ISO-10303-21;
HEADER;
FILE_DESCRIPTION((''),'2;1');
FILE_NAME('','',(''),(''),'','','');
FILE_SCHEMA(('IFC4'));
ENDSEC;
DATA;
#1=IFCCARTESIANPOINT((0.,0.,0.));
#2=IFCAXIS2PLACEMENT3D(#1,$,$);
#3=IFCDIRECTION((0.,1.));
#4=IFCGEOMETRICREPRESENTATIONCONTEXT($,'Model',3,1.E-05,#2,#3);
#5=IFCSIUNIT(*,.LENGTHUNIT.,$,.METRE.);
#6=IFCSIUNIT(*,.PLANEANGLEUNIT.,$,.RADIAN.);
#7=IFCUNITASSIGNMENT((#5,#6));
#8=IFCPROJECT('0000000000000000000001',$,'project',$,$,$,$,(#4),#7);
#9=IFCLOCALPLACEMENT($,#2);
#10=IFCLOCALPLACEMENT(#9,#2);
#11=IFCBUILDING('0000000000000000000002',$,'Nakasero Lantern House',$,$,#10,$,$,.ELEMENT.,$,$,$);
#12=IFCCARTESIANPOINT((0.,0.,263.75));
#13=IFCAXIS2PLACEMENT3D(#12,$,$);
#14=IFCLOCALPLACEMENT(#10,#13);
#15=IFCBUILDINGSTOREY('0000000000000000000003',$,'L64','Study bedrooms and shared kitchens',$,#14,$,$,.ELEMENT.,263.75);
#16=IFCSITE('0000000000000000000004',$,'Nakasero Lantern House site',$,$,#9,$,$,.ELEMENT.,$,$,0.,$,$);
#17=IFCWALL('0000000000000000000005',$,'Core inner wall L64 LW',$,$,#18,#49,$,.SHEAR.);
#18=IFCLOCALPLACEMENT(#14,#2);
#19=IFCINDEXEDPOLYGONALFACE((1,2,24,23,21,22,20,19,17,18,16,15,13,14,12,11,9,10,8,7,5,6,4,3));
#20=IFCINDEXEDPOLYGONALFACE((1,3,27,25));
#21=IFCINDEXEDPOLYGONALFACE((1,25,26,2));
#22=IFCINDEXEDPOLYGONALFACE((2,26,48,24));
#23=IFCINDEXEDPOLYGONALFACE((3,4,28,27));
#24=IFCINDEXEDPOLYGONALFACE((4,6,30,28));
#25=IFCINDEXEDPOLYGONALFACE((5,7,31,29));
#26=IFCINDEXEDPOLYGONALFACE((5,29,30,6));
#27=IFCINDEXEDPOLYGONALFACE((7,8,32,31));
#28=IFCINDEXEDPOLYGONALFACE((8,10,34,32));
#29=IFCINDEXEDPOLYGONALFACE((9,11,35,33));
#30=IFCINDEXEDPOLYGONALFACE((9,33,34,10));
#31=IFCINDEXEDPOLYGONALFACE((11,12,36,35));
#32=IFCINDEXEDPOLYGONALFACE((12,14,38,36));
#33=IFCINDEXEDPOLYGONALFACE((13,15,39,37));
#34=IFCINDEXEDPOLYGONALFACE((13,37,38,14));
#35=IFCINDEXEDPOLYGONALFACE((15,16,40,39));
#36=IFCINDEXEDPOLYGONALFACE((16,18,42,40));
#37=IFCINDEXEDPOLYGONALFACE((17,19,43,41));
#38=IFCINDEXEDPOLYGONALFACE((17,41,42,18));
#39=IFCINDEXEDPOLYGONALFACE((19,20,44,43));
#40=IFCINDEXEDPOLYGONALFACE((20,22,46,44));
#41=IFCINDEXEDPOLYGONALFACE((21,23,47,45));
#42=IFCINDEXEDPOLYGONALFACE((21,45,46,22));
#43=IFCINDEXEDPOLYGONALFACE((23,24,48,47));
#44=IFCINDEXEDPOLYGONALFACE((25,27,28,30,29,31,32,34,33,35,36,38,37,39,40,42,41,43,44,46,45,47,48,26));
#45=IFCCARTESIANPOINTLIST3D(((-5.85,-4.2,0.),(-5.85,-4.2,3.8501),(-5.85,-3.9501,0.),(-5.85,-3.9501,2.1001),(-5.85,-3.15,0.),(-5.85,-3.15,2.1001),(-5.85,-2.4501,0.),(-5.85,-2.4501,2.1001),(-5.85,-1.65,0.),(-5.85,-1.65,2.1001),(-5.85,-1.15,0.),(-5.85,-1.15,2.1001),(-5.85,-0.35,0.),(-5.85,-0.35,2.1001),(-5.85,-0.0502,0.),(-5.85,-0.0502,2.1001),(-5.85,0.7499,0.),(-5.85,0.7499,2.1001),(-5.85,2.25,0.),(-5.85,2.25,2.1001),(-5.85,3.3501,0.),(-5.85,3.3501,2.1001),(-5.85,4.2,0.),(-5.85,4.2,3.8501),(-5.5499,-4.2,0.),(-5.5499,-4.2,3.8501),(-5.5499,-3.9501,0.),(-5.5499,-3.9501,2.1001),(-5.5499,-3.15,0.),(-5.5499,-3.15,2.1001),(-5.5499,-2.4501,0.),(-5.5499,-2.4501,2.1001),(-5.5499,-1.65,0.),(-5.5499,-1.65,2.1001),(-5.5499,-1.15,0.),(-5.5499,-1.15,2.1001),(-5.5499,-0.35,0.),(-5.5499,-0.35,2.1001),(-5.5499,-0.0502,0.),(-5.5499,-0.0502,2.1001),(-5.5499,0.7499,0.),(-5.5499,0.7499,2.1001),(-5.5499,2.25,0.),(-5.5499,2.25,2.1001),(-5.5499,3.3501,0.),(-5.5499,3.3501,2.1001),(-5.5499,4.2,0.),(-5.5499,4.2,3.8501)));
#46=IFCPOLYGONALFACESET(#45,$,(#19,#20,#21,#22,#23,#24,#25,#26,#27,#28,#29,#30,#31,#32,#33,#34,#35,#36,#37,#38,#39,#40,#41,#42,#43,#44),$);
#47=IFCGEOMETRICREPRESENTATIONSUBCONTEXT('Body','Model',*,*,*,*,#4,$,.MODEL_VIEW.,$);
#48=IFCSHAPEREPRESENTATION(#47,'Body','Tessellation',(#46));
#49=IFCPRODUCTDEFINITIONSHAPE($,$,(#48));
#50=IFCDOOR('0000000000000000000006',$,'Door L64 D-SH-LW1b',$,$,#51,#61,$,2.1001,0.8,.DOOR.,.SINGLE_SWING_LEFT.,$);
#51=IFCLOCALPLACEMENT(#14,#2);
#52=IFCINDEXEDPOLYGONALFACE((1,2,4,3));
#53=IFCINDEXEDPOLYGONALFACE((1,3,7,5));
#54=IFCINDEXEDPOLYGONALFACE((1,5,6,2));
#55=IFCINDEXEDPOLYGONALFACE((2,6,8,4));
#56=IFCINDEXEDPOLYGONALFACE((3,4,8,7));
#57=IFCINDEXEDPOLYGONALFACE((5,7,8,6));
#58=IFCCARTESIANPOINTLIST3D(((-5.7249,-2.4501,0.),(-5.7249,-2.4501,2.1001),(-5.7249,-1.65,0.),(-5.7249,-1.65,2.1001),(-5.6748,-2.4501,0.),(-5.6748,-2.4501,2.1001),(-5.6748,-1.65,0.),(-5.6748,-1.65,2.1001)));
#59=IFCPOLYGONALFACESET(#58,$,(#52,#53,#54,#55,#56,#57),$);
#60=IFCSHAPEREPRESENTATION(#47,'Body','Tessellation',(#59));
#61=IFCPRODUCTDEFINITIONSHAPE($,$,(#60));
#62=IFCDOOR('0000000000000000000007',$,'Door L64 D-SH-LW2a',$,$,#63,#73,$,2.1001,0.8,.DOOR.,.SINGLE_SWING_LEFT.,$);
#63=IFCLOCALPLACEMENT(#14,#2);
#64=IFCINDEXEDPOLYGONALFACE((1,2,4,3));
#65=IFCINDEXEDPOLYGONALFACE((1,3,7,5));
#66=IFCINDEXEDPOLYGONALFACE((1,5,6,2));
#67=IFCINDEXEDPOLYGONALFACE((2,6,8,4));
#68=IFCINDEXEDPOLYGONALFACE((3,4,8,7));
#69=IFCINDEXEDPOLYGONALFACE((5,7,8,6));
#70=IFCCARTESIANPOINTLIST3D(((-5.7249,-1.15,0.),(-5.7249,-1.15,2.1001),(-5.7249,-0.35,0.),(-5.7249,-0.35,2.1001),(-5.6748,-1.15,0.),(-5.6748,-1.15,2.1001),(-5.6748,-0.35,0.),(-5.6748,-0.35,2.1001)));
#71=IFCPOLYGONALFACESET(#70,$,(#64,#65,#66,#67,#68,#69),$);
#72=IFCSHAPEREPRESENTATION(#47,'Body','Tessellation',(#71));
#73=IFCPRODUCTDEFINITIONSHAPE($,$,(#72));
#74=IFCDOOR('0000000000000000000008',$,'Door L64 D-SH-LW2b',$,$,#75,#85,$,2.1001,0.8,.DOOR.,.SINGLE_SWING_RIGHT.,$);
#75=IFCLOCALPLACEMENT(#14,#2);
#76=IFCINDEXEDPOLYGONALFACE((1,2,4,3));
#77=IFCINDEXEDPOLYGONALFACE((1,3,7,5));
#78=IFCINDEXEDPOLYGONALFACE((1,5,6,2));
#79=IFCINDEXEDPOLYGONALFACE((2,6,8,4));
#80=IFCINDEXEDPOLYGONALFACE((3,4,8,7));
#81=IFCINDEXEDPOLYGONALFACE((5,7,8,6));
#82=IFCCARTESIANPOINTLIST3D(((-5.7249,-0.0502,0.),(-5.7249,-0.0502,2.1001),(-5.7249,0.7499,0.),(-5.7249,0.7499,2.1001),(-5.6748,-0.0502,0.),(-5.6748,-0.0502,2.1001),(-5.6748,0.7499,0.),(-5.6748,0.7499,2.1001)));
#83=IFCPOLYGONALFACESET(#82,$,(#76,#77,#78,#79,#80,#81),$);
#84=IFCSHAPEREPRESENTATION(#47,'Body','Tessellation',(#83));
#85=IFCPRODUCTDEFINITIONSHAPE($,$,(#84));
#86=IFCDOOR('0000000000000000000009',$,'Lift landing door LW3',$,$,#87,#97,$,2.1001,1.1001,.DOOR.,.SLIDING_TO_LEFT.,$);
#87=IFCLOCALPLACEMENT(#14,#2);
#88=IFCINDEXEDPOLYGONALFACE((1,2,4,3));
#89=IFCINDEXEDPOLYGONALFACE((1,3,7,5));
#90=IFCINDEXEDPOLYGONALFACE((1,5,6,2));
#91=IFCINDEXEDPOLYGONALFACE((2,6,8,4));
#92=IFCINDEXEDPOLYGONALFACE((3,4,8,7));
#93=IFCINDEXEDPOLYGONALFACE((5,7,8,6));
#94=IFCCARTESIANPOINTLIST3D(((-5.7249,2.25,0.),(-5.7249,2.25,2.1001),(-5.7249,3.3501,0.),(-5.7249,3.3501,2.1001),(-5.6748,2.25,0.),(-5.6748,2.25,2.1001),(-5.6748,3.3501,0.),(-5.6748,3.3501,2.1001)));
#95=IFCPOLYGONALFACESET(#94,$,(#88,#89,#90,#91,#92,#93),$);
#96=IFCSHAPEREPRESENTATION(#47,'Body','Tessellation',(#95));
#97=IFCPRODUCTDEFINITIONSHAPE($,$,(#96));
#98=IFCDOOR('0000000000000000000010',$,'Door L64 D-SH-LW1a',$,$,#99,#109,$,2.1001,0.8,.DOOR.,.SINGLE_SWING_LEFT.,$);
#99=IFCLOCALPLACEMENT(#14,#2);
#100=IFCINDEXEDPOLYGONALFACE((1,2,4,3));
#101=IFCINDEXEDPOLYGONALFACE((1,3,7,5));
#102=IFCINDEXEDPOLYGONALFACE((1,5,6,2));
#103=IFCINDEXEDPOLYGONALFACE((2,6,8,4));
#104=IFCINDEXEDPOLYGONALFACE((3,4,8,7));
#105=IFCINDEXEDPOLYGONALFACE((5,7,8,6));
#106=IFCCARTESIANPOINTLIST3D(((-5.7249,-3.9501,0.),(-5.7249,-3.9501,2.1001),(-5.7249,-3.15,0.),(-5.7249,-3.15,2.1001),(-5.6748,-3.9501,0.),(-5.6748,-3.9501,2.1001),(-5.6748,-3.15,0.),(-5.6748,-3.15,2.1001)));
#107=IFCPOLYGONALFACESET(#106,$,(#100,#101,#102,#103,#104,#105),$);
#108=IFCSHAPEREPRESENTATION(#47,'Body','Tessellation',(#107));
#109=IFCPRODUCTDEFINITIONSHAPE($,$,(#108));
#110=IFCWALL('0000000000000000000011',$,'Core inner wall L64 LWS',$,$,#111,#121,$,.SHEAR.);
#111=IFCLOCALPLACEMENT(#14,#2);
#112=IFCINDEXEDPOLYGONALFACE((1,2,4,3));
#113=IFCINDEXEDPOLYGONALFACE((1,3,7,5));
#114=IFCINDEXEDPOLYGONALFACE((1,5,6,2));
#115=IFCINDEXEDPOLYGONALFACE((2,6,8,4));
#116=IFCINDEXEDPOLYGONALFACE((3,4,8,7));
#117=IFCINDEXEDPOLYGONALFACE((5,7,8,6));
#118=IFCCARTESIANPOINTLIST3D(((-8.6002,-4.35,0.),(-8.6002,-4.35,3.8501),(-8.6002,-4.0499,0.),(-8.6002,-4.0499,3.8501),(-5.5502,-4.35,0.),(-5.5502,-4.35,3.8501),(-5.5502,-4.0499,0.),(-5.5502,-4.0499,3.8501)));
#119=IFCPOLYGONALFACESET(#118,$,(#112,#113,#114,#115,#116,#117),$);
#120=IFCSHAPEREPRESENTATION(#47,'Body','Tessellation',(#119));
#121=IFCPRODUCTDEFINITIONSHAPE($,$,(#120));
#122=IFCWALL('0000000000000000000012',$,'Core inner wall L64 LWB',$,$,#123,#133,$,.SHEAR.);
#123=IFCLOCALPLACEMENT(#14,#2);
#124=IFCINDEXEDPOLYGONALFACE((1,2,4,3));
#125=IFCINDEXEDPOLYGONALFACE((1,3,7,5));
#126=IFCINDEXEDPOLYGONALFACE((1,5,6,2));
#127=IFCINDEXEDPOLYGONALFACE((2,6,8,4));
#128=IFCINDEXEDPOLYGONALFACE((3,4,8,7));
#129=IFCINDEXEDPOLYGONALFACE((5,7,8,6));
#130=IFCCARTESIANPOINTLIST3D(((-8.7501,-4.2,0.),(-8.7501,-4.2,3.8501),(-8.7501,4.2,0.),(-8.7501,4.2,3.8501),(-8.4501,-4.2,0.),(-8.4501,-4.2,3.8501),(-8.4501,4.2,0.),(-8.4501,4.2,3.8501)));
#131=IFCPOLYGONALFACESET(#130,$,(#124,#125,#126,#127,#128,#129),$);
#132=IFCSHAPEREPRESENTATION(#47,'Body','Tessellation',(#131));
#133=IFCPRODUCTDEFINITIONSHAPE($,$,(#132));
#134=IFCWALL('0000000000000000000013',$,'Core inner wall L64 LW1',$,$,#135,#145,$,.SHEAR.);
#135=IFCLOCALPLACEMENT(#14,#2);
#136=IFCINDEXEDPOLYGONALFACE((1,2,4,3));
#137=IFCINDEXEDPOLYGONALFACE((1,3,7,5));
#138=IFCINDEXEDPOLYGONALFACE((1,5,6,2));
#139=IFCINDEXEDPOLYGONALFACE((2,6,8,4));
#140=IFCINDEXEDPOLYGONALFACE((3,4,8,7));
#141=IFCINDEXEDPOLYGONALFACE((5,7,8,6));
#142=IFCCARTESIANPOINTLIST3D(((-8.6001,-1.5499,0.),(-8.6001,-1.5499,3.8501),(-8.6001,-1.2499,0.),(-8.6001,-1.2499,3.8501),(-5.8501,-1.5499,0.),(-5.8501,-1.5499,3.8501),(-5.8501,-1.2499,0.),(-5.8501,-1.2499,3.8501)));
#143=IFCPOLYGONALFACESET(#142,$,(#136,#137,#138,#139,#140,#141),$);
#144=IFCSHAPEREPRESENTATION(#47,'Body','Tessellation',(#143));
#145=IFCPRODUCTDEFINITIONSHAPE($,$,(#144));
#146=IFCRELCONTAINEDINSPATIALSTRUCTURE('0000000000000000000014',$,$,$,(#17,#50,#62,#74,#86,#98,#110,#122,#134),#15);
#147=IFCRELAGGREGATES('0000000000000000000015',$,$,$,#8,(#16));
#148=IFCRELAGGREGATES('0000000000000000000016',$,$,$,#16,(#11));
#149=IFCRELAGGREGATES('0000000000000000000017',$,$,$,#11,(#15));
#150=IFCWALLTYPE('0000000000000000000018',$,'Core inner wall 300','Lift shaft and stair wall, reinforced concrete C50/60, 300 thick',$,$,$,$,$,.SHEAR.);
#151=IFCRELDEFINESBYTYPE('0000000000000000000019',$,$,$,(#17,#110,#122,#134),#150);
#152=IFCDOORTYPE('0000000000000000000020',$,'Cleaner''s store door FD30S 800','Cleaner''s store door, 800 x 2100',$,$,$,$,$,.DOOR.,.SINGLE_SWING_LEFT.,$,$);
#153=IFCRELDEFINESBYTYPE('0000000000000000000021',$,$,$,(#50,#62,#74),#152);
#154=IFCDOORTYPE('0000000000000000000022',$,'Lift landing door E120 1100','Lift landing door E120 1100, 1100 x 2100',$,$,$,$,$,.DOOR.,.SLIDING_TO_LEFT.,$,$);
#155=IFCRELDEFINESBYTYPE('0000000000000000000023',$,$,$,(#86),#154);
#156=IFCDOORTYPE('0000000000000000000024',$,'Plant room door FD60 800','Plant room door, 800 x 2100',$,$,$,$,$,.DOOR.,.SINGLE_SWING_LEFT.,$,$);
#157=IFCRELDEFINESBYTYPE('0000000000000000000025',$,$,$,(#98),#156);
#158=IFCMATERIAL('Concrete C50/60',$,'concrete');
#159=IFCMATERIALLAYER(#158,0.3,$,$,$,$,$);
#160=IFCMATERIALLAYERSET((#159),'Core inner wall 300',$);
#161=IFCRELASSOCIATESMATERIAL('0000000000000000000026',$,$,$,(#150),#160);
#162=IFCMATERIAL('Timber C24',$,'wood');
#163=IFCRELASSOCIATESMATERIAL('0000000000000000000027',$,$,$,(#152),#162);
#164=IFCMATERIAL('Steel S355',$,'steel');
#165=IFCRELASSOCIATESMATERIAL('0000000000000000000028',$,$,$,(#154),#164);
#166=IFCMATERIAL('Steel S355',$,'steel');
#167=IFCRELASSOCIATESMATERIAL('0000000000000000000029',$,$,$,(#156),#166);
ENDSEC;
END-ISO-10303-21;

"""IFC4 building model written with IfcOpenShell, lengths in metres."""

from ifc_helpers import new_model, si_unit, direction, frame, frame_2d, origin, place, context, subcontext, project, spatial, rectangle, extrude, material, layer, layer_set, type_object, element, fill, save


model = new_model("IFC4")

# Units and contexts
model_context = context("Model", 3, precision=1e-05, world=origin(), true_north=direction((0.0, 1.0)))
body_context = subcontext(model_context, "Body", "Model", "MODEL_VIEW")
ifc_project = project(units=[si_unit("LENGTHUNIT", "METRE"), si_unit("PLANEANGLEUNIT", "RADIAN")], contexts=[model_context])

# Site, building, storey
site_placement = place(None, origin())
site = spatial("IfcSite", under=ifc_project, at=site_placement, Name="Nakasero Lantern House site", CompositionType="ELEMENT", RefElevation=0.0)
building_placement = place(site_placement, origin())
building = spatial("IfcBuilding", under=site, at=building_placement, Name="Nakasero Lantern House", CompositionType="ELEMENT")
storey_placement = place(building_placement, frame((0.0, 0.0, 263.75)))
storey = spatial("IfcBuildingStorey", under=building, at=storey_placement, Name="L64", Description="Study bedrooms and shared kitchens", CompositionType="ELEMENT", Elevation=263.75)

# Wall, openings, doors
ifc_material_1 = material(Name="Concrete C50/60", Category="concrete")
ifc_layer_1 = layer(ifc_material_1, 0.3)
ifc_layer_set_1 = layer_set([ifc_layer_1], Name="Core inner wall 300")
wall_type_1 = type_object("IfcWallType", Name="Core inner wall 300", Description="Lift shaft and stair wall, reinforced concrete C50/60, 300 thick", PredefinedType="SHEAR", material=ifc_layer_set_1)
wall_1_placement = place(storey_placement, frame((-5.7, -4.2, 0.0), z_axis=(0.0, 0.0, 1.0), x_axis=(0.0, 1.0, 0.0)))
wall_1 = element("IfcWall", 1, at=wall_1_placement, inside=storey, type_object=wall_type_1, Name="Core inner wall L64 LW", PredefinedType="SHEAR", context=body_context, shape_type="SweptSolid", body=[
    extrude(rectangle(XDim=8.3999, YDim=0.3, at=frame_2d((4.2, 0.0))), origin(), (0.0, 0.0, 1.0), 3.8501),
])
opening_1_placement = place(wall_1_placement, frame((0.25, 0.0, 0.0)))
opening_1 = element("IfcOpeningElement", 2, at=opening_1_placement, cuts=wall_1, PredefinedType="OPENING", context=body_context, shape_type="SweptSolid", body=[
    extrude(rectangle(XDim=0.8, YDim=2.1001, at=frame_2d((0.3999, 1.05))), frame((0.0, 0.1699, 0.0), z_axis=(0.0, -1.0, 0.0), x_axis=(1.0, 0.0, 0.0)), (0.0, 0.0, 1.0), 0.3401),
])
opening_2_placement = place(wall_1_placement, frame((1.75, 0.0, 0.0)))
opening_2 = element("IfcOpeningElement", 3, at=opening_2_placement, cuts=wall_1, PredefinedType="OPENING", context=body_context, shape_type="SweptSolid", body=[
    extrude(rectangle(XDim=0.8, YDim=2.1001, at=frame_2d((0.3999, 1.05))), frame((0.0, 0.1699, 0.0), z_axis=(0.0, -1.0, 0.0), x_axis=(1.0, 0.0, 0.0)), (0.0, 0.0, 1.0), 0.3401),
])
opening_3_placement = place(wall_1_placement, frame((3.05, 0.0, 0.0)))
opening_3 = element("IfcOpeningElement", 4, at=opening_3_placement, cuts=wall_1, PredefinedType="OPENING", context=body_context, shape_type="SweptSolid", body=[
    extrude(rectangle(XDim=0.8, YDim=2.1001, at=frame_2d((0.3999, 1.05))), frame((0.0, 0.1699, 0.0), z_axis=(0.0, -1.0, 0.0), x_axis=(1.0, 0.0, 0.0)), (0.0, 0.0, 1.0), 0.3401),
])
opening_4_placement = place(wall_1_placement, frame((4.1499, 0.0, 0.0)))
opening_4 = element("IfcOpeningElement", 5, at=opening_4_placement, cuts=wall_1, PredefinedType="OPENING", context=body_context, shape_type="SweptSolid", body=[
    extrude(rectangle(XDim=0.8, YDim=2.1001, at=frame_2d((0.3999, 1.05))), frame((0.0, 0.1699, 0.0), z_axis=(0.0, -1.0, 0.0), x_axis=(1.0, 0.0, 0.0)), (0.0, 0.0, 1.0), 0.3401),
])
opening_5_placement = place(wall_1_placement, frame((6.45, 0.0, 0.0)))
opening_5 = element("IfcOpeningElement", 6, at=opening_5_placement, cuts=wall_1, PredefinedType="OPENING", context=body_context, shape_type="SweptSolid", body=[
    extrude(rectangle(XDim=1.1001, YDim=2.1001, at=frame_2d((0.55, 1.05))), frame((0.0, 0.1699, 0.0), z_axis=(0.0, -1.0, 0.0), x_axis=(1.0, 0.0, 0.0)), (0.0, 0.0, 1.0), 0.3401),
])
ifc_material_2 = material(Name="Timber C24", Category="wood")
door_type_1 = type_object("IfcDoorType", Name="Cleaner's store door FD30S 800", Description="Cleaner's store door, 800 x 2100", OperationType="SINGLE_SWING_LEFT", PredefinedType="DOOR", material=ifc_material_2)
door_1_placement = place(opening_2_placement, origin())
door_1 = element("IfcDoor", 7, at=door_1_placement, inside=storey, type_object=door_type_1, Name="Door L64 D-SH-LW1b", OperationType="SINGLE_SWING_LEFT", OverallHeight=2.1001, OverallWidth=0.8, PredefinedType="DOOR", context=body_context, shape_type="SweptSolid", body=[
    extrude(rectangle(XDim=0.8, YDim=2.1001, at=frame_2d((0.3999, 1.05))), frame((0.0, 0.0249, 0.0), z_axis=(0.0, -1.0, 0.0), x_axis=(1.0, 0.0, 0.0)), (0.0, 0.0, 1.0), 0.05),
])
fill(opening_2, door_1)
door_2_placement = place(opening_3_placement, origin())
door_2 = element("IfcDoor", 8, at=door_2_placement, inside=storey, type_object=door_type_1, Name="Door L64 D-SH-LW2a", OperationType="SINGLE_SWING_LEFT", OverallHeight=2.1001, OverallWidth=0.8, PredefinedType="DOOR", context=body_context, shape_type="SweptSolid", body=[
    extrude(rectangle(XDim=0.8, YDim=2.1001, at=frame_2d((0.3999, 1.05))), frame((0.0, 0.0249, 0.0), z_axis=(0.0, -1.0, 0.0), x_axis=(1.0, 0.0, 0.0)), (0.0, 0.0, 1.0), 0.05),
])
fill(opening_3, door_2)
door_3_placement = place(opening_4_placement, origin())
door_3 = element("IfcDoor", 9, at=door_3_placement, inside=storey, type_object=door_type_1, Name="Door L64 D-SH-LW2b", OperationType="SINGLE_SWING_RIGHT", OverallHeight=2.1001, OverallWidth=0.8, PredefinedType="DOOR", context=body_context, shape_type="SweptSolid", body=[
    extrude(rectangle(XDim=0.8, YDim=2.1001, at=frame_2d((0.3999, 1.05))), frame((0.0, 0.0249, 0.0), z_axis=(0.0, -1.0, 0.0), x_axis=(1.0, 0.0, 0.0)), (0.0, 0.0, 1.0), 0.05),
])
fill(opening_4, door_3)
ifc_material_3 = material(Name="Steel S355", Category="steel")
door_type_2 = type_object("IfcDoorType", Name="Lift landing door E120 1100", Description="Lift landing door E120 1100, 1100 x 2100", OperationType="SLIDING_TO_LEFT", PredefinedType="DOOR", material=ifc_material_3)
door_4_placement = place(opening_5_placement, origin())
door_4 = element("IfcDoor", 10, at=door_4_placement, inside=storey, type_object=door_type_2, Name="Lift landing door LW3", OperationType="SLIDING_TO_LEFT", OverallHeight=2.1001, OverallWidth=1.1001, PredefinedType="DOOR", context=body_context, shape_type="SweptSolid", body=[
    extrude(rectangle(XDim=1.1001, YDim=2.1001, at=frame_2d((0.55, 1.05))), frame((0.0, 0.0249, 0.0), z_axis=(0.0, -1.0, 0.0), x_axis=(1.0, 0.0, 0.0)), (0.0, 0.0, 1.0), 0.05),
])
fill(opening_5, door_4)
ifc_material_4 = material(Name="Steel S355", Category="steel")
door_type_3 = type_object("IfcDoorType", Name="Plant room door FD60 800", Description="Plant room door, 800 x 2100", OperationType="SINGLE_SWING_LEFT", PredefinedType="DOOR", material=ifc_material_4)
door_5_placement = place(opening_1_placement, origin())
door_5 = element("IfcDoor", 11, at=door_5_placement, inside=storey, type_object=door_type_3, Name="Door L64 D-SH-LW1a", OperationType="SINGLE_SWING_LEFT", OverallHeight=2.1001, OverallWidth=0.8, PredefinedType="DOOR", context=body_context, shape_type="SweptSolid", body=[
    extrude(rectangle(XDim=0.8, YDim=2.1001, at=frame_2d((0.3999, 1.05))), frame((0.0, 0.0249, 0.0), z_axis=(0.0, -1.0, 0.0), x_axis=(1.0, 0.0, 0.0)), (0.0, 0.0, 1.0), 0.05),
])
fill(opening_1, door_5)

# Walls
wall_2_placement = place(storey_placement, frame((-8.6001, -4.2, 0.0), z_axis=(0.0, 0.0, 1.0), x_axis=(1.0, 0.0, 0.0)))
element("IfcWall", 12, at=wall_2_placement, inside=storey, type_object=wall_type_1, Name="Core inner wall L64 LWS", PredefinedType="SHEAR", context=body_context, shape_type="SweptSolid", body=[
    extrude(rectangle(XDim=3.05, YDim=0.3, at=frame_2d((1.5249, 0.0))), origin(), (0.0, 0.0, 1.0), 3.8501),
])
wall_3_placement = place(storey_placement, frame((-8.6001, -4.2, 0.0), z_axis=(0.0, 0.0, 1.0), x_axis=(0.0, 1.0, 0.0)))
element("IfcWall", 13, at=wall_3_placement, inside=storey, type_object=wall_type_1, Name="Core inner wall L64 LWB", PredefinedType="SHEAR", context=body_context, shape_type="SweptSolid", body=[
    extrude(rectangle(XDim=8.3999, YDim=0.3, at=frame_2d((4.2, 0.0))), origin(), (0.0, 0.0, 1.0), 3.8501),
])
wall_4_placement = place(storey_placement, frame((-8.6001, -1.3999, 0.0), z_axis=(0.0, 0.0, 1.0), x_axis=(1.0, 0.0, 0.0)))
element("IfcWall", 14, at=wall_4_placement, inside=storey, type_object=wall_type_1, Name="Core inner wall L64 LW1", PredefinedType="SHEAR", context=body_context, shape_type="SweptSolid", body=[
    extrude(rectangle(XDim=2.75, YDim=0.3, at=frame_2d((1.375, 0.0))), origin(), (0.0, 0.0, 1.0), 3.8501),
])

save(model, "model.ifc")
